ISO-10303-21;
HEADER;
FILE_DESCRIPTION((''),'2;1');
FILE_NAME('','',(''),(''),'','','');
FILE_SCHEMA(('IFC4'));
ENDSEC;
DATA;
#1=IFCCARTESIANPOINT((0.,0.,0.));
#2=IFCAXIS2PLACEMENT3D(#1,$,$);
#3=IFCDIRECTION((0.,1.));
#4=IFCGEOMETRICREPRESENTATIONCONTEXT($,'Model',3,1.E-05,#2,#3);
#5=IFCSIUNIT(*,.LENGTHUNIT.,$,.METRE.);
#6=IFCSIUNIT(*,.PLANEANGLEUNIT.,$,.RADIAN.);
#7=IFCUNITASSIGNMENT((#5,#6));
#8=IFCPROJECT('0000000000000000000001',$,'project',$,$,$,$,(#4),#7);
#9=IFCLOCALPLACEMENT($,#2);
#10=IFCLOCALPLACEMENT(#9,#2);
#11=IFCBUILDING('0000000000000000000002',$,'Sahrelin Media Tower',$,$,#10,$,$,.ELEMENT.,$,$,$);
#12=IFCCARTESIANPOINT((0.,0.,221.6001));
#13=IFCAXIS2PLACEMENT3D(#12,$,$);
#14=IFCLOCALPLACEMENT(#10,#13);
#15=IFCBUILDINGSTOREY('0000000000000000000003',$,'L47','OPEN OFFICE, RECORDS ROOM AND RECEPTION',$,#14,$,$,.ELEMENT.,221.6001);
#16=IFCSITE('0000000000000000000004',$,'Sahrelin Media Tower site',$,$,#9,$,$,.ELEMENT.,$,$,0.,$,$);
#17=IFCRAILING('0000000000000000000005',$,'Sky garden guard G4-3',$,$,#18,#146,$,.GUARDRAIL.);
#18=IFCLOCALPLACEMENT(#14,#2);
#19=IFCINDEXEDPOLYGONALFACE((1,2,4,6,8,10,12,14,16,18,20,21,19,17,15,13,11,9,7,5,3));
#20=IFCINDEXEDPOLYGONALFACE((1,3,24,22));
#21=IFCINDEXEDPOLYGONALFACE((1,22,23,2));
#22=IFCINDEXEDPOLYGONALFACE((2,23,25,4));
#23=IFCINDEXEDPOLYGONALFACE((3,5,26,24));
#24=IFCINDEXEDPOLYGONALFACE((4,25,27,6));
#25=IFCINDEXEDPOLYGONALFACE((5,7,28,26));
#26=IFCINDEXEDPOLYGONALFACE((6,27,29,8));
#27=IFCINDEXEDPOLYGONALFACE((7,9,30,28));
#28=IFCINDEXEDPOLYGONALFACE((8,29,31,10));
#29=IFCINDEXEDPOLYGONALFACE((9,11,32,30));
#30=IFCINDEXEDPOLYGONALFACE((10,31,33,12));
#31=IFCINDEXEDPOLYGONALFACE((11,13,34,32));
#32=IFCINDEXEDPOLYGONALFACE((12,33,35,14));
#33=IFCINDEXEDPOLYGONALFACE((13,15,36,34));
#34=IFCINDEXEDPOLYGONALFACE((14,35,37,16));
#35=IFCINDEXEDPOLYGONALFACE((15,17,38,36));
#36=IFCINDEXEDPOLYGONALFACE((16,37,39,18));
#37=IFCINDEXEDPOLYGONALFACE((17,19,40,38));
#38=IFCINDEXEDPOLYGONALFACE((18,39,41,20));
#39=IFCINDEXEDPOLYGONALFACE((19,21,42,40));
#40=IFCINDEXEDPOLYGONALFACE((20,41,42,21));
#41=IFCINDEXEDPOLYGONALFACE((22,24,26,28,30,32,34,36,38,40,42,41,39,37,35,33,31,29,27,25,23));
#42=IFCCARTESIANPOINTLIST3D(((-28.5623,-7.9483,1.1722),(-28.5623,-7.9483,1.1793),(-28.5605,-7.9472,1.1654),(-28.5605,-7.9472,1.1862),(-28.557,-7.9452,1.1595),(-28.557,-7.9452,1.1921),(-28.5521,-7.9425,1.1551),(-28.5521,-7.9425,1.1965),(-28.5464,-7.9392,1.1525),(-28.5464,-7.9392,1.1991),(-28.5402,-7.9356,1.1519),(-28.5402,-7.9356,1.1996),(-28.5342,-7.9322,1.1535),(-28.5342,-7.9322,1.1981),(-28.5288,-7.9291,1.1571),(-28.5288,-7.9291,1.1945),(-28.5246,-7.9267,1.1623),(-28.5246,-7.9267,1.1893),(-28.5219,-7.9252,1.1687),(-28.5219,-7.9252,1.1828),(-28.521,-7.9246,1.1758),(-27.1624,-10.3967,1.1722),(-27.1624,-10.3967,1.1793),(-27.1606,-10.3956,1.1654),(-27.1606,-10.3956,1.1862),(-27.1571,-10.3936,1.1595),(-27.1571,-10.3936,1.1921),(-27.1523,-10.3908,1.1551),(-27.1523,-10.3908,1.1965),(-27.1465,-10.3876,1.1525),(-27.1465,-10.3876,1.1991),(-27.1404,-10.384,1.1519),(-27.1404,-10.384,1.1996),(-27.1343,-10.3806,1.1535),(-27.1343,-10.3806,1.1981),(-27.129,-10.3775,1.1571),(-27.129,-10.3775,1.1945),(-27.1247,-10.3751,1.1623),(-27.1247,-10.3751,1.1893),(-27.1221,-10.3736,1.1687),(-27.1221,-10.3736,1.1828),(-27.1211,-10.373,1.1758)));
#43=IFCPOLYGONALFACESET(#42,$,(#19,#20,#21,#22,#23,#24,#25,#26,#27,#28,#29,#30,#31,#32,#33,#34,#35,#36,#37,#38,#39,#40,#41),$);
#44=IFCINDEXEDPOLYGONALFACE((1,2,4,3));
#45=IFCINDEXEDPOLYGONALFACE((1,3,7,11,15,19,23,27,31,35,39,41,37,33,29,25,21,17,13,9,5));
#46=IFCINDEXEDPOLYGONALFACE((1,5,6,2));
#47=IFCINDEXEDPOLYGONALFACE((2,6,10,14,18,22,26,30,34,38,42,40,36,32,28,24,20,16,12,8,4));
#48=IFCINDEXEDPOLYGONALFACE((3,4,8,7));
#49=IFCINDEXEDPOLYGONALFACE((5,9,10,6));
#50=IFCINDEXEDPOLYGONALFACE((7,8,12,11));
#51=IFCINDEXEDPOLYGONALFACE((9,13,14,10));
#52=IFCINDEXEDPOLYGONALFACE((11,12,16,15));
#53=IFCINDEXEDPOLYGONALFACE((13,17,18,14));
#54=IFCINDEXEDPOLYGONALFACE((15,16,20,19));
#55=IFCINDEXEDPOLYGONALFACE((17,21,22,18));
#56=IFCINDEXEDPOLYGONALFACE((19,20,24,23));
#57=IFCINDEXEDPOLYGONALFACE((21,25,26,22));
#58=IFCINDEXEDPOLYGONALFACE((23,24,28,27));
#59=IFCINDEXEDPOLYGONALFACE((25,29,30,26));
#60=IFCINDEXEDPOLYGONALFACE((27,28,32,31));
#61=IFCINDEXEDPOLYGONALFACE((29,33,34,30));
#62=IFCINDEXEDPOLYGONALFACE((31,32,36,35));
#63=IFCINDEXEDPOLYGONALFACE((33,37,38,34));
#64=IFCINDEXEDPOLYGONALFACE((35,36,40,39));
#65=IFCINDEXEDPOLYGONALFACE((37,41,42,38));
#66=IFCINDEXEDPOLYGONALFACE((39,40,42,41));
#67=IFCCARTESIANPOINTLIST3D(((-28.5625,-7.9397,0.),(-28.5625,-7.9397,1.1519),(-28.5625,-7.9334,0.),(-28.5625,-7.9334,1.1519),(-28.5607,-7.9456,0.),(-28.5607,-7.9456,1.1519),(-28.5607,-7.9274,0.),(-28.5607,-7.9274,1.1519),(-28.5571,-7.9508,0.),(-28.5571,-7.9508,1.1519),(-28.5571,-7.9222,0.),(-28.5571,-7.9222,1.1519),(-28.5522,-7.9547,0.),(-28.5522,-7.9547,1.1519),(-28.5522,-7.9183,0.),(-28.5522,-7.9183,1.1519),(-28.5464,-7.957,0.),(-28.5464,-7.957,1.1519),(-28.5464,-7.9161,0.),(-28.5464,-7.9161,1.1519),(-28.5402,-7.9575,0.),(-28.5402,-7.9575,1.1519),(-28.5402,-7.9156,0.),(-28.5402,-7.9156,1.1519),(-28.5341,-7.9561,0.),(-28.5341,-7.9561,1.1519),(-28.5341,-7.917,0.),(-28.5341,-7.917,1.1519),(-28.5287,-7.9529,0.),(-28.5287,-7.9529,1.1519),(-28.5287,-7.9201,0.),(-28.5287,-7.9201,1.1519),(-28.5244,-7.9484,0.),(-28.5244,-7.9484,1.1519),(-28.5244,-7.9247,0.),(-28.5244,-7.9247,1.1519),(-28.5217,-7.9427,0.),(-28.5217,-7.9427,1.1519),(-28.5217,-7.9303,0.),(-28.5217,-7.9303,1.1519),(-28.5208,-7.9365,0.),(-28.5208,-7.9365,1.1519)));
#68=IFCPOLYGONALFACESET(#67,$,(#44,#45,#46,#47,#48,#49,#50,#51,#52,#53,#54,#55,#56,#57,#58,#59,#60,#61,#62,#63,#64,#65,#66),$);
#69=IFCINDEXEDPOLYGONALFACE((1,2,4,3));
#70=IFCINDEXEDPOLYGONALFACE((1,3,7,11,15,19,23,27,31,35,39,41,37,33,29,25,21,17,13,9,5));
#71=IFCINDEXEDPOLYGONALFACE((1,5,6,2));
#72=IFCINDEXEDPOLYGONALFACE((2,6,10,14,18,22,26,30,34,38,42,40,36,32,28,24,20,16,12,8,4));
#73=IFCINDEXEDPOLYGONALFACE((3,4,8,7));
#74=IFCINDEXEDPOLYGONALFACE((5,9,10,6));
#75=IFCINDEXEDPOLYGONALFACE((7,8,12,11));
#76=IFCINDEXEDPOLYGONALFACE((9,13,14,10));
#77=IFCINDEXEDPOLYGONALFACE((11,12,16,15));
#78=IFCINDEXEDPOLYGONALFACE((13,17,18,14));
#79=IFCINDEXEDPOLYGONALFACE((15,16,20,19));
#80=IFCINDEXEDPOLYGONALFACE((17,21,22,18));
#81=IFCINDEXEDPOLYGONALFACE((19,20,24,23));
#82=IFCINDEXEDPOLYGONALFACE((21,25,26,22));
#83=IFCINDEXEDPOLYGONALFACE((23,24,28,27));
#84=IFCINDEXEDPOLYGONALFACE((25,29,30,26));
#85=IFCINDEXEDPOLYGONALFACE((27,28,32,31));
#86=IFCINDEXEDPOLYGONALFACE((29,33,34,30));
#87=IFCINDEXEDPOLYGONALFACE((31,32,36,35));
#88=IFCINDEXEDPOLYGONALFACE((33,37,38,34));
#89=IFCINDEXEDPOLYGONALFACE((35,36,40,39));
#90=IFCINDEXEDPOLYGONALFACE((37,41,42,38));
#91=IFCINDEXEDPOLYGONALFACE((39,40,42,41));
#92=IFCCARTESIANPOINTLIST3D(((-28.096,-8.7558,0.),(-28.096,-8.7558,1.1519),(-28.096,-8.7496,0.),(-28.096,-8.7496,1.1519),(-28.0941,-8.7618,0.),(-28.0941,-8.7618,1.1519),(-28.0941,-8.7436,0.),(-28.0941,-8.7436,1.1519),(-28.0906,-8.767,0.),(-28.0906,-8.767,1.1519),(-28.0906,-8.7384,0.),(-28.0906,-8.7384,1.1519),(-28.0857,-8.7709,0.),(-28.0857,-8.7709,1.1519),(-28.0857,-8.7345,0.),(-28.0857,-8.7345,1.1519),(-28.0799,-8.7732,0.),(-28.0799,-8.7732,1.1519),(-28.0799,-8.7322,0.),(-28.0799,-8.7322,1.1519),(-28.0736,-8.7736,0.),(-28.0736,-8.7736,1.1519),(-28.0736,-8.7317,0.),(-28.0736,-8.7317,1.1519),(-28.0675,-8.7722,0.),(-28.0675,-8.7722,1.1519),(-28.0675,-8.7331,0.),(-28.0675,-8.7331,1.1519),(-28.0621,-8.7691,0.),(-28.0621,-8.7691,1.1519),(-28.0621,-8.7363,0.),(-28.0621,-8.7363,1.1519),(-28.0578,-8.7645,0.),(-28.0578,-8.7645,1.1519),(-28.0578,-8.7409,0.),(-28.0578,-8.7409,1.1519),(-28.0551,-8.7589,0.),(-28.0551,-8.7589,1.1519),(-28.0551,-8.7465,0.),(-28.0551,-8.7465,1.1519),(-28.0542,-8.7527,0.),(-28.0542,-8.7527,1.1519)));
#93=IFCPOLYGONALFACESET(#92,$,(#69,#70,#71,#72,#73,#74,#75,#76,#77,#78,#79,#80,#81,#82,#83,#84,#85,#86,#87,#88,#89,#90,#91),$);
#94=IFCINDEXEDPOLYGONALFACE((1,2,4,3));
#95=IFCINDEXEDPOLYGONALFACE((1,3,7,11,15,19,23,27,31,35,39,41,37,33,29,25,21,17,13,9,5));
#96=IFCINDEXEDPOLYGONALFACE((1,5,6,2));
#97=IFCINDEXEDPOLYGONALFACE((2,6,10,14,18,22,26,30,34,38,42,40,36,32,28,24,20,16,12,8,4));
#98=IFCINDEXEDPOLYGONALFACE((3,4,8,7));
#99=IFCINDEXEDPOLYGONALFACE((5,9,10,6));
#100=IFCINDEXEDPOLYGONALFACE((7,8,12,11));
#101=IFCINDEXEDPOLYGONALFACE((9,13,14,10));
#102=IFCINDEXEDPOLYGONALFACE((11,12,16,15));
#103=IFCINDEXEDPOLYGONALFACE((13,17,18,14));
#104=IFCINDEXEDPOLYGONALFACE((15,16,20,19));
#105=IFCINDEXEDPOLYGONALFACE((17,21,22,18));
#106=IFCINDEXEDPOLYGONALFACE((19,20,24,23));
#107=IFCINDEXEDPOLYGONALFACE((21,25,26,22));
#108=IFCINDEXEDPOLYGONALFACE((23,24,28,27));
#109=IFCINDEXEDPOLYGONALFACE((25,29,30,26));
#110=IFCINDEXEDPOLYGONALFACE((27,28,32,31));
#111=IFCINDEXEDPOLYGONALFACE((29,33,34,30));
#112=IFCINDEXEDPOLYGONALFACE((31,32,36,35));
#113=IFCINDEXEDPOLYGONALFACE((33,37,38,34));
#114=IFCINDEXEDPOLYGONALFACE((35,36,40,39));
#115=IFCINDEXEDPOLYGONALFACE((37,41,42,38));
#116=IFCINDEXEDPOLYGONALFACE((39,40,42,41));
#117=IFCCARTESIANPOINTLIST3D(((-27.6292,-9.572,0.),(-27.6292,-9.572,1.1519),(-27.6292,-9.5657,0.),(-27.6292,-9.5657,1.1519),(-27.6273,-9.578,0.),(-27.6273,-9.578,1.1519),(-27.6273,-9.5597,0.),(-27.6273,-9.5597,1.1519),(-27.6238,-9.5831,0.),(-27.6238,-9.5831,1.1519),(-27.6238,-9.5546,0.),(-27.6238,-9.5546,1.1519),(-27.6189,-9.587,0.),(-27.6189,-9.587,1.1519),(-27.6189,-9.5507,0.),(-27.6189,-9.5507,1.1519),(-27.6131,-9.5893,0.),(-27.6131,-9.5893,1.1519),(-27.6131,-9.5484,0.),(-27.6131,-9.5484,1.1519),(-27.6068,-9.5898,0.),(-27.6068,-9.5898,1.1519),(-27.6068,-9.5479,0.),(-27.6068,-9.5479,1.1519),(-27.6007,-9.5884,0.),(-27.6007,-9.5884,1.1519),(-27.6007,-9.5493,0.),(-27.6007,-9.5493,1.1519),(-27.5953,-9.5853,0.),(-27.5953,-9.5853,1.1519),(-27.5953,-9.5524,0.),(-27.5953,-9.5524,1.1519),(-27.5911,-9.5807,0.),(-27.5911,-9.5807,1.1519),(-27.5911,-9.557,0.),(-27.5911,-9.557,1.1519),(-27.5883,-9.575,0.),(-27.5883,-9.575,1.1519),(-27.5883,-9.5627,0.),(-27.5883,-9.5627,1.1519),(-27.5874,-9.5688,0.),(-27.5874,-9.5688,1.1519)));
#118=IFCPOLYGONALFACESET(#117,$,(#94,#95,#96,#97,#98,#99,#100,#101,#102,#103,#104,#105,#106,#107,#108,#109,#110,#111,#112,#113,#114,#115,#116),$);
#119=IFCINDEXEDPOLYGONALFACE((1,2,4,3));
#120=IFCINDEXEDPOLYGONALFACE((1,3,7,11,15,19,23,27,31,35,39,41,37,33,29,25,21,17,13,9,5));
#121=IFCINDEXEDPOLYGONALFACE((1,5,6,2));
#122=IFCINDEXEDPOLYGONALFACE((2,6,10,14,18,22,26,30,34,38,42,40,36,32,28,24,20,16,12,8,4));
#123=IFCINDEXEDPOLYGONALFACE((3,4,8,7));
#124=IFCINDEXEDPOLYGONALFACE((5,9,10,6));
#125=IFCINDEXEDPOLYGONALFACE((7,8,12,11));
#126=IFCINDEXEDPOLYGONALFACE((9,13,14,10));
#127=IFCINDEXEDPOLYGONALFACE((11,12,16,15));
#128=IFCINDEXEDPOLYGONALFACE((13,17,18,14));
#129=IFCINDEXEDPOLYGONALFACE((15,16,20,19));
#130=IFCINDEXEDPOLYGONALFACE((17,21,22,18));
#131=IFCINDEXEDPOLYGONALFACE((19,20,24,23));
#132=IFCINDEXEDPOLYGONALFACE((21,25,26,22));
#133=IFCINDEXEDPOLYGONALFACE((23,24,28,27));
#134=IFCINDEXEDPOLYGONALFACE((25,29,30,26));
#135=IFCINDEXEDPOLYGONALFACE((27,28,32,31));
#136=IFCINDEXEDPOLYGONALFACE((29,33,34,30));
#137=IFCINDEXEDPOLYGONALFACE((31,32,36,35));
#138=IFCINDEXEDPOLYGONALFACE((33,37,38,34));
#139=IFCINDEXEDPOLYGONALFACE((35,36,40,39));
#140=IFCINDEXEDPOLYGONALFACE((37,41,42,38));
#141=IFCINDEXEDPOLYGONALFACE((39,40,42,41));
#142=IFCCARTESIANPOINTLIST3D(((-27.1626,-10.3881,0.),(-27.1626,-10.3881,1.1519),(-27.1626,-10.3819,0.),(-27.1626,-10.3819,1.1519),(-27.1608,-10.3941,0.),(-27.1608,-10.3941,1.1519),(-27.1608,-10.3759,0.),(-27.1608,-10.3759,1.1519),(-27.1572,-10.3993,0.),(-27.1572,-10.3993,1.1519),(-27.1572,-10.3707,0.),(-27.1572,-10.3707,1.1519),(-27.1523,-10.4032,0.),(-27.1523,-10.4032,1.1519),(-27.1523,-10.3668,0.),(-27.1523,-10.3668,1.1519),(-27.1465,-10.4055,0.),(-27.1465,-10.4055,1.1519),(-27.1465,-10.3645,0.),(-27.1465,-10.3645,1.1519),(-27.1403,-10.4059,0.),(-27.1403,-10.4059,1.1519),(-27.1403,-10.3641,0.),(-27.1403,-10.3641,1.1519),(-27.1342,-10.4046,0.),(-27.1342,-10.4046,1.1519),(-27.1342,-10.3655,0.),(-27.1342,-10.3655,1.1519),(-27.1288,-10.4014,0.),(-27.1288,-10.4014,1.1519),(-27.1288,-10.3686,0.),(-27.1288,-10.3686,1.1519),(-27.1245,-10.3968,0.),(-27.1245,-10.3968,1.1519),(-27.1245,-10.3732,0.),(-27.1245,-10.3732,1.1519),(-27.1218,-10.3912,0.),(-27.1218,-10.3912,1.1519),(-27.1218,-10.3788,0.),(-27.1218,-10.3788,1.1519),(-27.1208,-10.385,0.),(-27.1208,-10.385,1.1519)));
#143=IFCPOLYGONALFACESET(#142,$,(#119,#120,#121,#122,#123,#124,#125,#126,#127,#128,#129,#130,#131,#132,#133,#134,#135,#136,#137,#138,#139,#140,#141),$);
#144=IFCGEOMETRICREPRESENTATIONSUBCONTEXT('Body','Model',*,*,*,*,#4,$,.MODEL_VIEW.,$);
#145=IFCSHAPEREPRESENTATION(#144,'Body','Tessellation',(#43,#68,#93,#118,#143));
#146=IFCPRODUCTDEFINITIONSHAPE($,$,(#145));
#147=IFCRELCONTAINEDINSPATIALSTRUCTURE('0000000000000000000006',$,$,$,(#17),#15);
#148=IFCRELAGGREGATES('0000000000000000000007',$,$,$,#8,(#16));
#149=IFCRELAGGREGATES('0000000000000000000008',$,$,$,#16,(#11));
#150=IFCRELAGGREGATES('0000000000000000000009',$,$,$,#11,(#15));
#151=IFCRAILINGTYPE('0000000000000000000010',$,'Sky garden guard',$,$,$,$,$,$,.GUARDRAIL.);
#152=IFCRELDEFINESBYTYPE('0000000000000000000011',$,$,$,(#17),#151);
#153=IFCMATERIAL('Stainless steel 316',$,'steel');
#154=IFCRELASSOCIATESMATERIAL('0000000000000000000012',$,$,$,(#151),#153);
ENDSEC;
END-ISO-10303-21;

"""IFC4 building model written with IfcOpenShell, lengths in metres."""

from ifc_helpers import new_model, si_unit, direction, frame, origin, origin_2d, place, context, subcontext, project, spatial, circle, extrude, material, type_object, element, save


model = new_model("IFC4")

# Units and contexts
model_context = context("Model", 3, precision=1e-05, world=origin(), true_north=direction((0.0, 1.0)))
body_context = subcontext(model_context, "Body", "Model", "MODEL_VIEW")
ifc_project = project(units=[si_unit("LENGTHUNIT", "METRE"), si_unit("PLANEANGLEUNIT", "RADIAN")], contexts=[model_context])

# Site, building, storey
site_placement = place(None, origin())
site = spatial("IfcSite", under=ifc_project, at=site_placement, Name="Sahrelin Media Tower site", CompositionType="ELEMENT", RefElevation=0.0)
building_placement = place(site_placement, origin())
building = spatial("IfcBuilding", under=site, at=building_placement, Name="Sahrelin Media Tower", CompositionType="ELEMENT")
storey_placement = place(building_placement, frame((0.0, 0.0, 221.6001)))
storey = spatial("IfcBuildingStorey", under=building, at=storey_placement, Name="L47", Description="OPEN OFFICE, RECORDS ROOM AND RECEPTION", CompositionType="ELEMENT", Elevation=221.6001)

# Railing
ifc_material_1 = material(Name="Stainless steel 316", Category="steel")
railing_type = type_object("IfcRailingType", Name="Sky garden guard", PredefinedType="GUARDRAIL", material=ifc_material_1)
railing_1_placement = place(storey_placement, frame((-28.5417, -7.9365, 0.0)))
element("IfcRailing", 1, at=railing_1_placement, inside=storey, type_object=railing_type, Name="Sky garden guard G4-3", PredefinedType="GUARDRAIL", context=body_context, shape_type="SweptSolid", body=[
    extrude(circle(Radius=0.0239, at=origin_2d()), frame((0.0, 0.0, 1.1758), z_axis=(0.496344, -0.868126, 0.0), x_axis=(0.868126, 0.496344, 0.0)), (0.0, 0.0, 1.0), 2.8203),
    extrude(circle(Radius=0.021, at=origin_2d()), origin(), (0.0, 0.0, 1.0), 1.1519),
    extrude(circle(Radius=0.021, at=origin_2d()), frame((0.4666, -0.8162, 0.0)), (0.0, 0.0, 1.0), 1.1519),
    extrude(circle(Radius=0.021, at=origin_2d()), frame((0.9333, -1.6323, 0.0)), (0.0, 0.0, 1.0), 1.1519),
    extrude(circle(Radius=0.021, at=origin_2d()), frame((1.3999, -2.4485, 0.0)), (0.0, 0.0, 1.0), 1.1519),
])

save(model, "model.ifc")
